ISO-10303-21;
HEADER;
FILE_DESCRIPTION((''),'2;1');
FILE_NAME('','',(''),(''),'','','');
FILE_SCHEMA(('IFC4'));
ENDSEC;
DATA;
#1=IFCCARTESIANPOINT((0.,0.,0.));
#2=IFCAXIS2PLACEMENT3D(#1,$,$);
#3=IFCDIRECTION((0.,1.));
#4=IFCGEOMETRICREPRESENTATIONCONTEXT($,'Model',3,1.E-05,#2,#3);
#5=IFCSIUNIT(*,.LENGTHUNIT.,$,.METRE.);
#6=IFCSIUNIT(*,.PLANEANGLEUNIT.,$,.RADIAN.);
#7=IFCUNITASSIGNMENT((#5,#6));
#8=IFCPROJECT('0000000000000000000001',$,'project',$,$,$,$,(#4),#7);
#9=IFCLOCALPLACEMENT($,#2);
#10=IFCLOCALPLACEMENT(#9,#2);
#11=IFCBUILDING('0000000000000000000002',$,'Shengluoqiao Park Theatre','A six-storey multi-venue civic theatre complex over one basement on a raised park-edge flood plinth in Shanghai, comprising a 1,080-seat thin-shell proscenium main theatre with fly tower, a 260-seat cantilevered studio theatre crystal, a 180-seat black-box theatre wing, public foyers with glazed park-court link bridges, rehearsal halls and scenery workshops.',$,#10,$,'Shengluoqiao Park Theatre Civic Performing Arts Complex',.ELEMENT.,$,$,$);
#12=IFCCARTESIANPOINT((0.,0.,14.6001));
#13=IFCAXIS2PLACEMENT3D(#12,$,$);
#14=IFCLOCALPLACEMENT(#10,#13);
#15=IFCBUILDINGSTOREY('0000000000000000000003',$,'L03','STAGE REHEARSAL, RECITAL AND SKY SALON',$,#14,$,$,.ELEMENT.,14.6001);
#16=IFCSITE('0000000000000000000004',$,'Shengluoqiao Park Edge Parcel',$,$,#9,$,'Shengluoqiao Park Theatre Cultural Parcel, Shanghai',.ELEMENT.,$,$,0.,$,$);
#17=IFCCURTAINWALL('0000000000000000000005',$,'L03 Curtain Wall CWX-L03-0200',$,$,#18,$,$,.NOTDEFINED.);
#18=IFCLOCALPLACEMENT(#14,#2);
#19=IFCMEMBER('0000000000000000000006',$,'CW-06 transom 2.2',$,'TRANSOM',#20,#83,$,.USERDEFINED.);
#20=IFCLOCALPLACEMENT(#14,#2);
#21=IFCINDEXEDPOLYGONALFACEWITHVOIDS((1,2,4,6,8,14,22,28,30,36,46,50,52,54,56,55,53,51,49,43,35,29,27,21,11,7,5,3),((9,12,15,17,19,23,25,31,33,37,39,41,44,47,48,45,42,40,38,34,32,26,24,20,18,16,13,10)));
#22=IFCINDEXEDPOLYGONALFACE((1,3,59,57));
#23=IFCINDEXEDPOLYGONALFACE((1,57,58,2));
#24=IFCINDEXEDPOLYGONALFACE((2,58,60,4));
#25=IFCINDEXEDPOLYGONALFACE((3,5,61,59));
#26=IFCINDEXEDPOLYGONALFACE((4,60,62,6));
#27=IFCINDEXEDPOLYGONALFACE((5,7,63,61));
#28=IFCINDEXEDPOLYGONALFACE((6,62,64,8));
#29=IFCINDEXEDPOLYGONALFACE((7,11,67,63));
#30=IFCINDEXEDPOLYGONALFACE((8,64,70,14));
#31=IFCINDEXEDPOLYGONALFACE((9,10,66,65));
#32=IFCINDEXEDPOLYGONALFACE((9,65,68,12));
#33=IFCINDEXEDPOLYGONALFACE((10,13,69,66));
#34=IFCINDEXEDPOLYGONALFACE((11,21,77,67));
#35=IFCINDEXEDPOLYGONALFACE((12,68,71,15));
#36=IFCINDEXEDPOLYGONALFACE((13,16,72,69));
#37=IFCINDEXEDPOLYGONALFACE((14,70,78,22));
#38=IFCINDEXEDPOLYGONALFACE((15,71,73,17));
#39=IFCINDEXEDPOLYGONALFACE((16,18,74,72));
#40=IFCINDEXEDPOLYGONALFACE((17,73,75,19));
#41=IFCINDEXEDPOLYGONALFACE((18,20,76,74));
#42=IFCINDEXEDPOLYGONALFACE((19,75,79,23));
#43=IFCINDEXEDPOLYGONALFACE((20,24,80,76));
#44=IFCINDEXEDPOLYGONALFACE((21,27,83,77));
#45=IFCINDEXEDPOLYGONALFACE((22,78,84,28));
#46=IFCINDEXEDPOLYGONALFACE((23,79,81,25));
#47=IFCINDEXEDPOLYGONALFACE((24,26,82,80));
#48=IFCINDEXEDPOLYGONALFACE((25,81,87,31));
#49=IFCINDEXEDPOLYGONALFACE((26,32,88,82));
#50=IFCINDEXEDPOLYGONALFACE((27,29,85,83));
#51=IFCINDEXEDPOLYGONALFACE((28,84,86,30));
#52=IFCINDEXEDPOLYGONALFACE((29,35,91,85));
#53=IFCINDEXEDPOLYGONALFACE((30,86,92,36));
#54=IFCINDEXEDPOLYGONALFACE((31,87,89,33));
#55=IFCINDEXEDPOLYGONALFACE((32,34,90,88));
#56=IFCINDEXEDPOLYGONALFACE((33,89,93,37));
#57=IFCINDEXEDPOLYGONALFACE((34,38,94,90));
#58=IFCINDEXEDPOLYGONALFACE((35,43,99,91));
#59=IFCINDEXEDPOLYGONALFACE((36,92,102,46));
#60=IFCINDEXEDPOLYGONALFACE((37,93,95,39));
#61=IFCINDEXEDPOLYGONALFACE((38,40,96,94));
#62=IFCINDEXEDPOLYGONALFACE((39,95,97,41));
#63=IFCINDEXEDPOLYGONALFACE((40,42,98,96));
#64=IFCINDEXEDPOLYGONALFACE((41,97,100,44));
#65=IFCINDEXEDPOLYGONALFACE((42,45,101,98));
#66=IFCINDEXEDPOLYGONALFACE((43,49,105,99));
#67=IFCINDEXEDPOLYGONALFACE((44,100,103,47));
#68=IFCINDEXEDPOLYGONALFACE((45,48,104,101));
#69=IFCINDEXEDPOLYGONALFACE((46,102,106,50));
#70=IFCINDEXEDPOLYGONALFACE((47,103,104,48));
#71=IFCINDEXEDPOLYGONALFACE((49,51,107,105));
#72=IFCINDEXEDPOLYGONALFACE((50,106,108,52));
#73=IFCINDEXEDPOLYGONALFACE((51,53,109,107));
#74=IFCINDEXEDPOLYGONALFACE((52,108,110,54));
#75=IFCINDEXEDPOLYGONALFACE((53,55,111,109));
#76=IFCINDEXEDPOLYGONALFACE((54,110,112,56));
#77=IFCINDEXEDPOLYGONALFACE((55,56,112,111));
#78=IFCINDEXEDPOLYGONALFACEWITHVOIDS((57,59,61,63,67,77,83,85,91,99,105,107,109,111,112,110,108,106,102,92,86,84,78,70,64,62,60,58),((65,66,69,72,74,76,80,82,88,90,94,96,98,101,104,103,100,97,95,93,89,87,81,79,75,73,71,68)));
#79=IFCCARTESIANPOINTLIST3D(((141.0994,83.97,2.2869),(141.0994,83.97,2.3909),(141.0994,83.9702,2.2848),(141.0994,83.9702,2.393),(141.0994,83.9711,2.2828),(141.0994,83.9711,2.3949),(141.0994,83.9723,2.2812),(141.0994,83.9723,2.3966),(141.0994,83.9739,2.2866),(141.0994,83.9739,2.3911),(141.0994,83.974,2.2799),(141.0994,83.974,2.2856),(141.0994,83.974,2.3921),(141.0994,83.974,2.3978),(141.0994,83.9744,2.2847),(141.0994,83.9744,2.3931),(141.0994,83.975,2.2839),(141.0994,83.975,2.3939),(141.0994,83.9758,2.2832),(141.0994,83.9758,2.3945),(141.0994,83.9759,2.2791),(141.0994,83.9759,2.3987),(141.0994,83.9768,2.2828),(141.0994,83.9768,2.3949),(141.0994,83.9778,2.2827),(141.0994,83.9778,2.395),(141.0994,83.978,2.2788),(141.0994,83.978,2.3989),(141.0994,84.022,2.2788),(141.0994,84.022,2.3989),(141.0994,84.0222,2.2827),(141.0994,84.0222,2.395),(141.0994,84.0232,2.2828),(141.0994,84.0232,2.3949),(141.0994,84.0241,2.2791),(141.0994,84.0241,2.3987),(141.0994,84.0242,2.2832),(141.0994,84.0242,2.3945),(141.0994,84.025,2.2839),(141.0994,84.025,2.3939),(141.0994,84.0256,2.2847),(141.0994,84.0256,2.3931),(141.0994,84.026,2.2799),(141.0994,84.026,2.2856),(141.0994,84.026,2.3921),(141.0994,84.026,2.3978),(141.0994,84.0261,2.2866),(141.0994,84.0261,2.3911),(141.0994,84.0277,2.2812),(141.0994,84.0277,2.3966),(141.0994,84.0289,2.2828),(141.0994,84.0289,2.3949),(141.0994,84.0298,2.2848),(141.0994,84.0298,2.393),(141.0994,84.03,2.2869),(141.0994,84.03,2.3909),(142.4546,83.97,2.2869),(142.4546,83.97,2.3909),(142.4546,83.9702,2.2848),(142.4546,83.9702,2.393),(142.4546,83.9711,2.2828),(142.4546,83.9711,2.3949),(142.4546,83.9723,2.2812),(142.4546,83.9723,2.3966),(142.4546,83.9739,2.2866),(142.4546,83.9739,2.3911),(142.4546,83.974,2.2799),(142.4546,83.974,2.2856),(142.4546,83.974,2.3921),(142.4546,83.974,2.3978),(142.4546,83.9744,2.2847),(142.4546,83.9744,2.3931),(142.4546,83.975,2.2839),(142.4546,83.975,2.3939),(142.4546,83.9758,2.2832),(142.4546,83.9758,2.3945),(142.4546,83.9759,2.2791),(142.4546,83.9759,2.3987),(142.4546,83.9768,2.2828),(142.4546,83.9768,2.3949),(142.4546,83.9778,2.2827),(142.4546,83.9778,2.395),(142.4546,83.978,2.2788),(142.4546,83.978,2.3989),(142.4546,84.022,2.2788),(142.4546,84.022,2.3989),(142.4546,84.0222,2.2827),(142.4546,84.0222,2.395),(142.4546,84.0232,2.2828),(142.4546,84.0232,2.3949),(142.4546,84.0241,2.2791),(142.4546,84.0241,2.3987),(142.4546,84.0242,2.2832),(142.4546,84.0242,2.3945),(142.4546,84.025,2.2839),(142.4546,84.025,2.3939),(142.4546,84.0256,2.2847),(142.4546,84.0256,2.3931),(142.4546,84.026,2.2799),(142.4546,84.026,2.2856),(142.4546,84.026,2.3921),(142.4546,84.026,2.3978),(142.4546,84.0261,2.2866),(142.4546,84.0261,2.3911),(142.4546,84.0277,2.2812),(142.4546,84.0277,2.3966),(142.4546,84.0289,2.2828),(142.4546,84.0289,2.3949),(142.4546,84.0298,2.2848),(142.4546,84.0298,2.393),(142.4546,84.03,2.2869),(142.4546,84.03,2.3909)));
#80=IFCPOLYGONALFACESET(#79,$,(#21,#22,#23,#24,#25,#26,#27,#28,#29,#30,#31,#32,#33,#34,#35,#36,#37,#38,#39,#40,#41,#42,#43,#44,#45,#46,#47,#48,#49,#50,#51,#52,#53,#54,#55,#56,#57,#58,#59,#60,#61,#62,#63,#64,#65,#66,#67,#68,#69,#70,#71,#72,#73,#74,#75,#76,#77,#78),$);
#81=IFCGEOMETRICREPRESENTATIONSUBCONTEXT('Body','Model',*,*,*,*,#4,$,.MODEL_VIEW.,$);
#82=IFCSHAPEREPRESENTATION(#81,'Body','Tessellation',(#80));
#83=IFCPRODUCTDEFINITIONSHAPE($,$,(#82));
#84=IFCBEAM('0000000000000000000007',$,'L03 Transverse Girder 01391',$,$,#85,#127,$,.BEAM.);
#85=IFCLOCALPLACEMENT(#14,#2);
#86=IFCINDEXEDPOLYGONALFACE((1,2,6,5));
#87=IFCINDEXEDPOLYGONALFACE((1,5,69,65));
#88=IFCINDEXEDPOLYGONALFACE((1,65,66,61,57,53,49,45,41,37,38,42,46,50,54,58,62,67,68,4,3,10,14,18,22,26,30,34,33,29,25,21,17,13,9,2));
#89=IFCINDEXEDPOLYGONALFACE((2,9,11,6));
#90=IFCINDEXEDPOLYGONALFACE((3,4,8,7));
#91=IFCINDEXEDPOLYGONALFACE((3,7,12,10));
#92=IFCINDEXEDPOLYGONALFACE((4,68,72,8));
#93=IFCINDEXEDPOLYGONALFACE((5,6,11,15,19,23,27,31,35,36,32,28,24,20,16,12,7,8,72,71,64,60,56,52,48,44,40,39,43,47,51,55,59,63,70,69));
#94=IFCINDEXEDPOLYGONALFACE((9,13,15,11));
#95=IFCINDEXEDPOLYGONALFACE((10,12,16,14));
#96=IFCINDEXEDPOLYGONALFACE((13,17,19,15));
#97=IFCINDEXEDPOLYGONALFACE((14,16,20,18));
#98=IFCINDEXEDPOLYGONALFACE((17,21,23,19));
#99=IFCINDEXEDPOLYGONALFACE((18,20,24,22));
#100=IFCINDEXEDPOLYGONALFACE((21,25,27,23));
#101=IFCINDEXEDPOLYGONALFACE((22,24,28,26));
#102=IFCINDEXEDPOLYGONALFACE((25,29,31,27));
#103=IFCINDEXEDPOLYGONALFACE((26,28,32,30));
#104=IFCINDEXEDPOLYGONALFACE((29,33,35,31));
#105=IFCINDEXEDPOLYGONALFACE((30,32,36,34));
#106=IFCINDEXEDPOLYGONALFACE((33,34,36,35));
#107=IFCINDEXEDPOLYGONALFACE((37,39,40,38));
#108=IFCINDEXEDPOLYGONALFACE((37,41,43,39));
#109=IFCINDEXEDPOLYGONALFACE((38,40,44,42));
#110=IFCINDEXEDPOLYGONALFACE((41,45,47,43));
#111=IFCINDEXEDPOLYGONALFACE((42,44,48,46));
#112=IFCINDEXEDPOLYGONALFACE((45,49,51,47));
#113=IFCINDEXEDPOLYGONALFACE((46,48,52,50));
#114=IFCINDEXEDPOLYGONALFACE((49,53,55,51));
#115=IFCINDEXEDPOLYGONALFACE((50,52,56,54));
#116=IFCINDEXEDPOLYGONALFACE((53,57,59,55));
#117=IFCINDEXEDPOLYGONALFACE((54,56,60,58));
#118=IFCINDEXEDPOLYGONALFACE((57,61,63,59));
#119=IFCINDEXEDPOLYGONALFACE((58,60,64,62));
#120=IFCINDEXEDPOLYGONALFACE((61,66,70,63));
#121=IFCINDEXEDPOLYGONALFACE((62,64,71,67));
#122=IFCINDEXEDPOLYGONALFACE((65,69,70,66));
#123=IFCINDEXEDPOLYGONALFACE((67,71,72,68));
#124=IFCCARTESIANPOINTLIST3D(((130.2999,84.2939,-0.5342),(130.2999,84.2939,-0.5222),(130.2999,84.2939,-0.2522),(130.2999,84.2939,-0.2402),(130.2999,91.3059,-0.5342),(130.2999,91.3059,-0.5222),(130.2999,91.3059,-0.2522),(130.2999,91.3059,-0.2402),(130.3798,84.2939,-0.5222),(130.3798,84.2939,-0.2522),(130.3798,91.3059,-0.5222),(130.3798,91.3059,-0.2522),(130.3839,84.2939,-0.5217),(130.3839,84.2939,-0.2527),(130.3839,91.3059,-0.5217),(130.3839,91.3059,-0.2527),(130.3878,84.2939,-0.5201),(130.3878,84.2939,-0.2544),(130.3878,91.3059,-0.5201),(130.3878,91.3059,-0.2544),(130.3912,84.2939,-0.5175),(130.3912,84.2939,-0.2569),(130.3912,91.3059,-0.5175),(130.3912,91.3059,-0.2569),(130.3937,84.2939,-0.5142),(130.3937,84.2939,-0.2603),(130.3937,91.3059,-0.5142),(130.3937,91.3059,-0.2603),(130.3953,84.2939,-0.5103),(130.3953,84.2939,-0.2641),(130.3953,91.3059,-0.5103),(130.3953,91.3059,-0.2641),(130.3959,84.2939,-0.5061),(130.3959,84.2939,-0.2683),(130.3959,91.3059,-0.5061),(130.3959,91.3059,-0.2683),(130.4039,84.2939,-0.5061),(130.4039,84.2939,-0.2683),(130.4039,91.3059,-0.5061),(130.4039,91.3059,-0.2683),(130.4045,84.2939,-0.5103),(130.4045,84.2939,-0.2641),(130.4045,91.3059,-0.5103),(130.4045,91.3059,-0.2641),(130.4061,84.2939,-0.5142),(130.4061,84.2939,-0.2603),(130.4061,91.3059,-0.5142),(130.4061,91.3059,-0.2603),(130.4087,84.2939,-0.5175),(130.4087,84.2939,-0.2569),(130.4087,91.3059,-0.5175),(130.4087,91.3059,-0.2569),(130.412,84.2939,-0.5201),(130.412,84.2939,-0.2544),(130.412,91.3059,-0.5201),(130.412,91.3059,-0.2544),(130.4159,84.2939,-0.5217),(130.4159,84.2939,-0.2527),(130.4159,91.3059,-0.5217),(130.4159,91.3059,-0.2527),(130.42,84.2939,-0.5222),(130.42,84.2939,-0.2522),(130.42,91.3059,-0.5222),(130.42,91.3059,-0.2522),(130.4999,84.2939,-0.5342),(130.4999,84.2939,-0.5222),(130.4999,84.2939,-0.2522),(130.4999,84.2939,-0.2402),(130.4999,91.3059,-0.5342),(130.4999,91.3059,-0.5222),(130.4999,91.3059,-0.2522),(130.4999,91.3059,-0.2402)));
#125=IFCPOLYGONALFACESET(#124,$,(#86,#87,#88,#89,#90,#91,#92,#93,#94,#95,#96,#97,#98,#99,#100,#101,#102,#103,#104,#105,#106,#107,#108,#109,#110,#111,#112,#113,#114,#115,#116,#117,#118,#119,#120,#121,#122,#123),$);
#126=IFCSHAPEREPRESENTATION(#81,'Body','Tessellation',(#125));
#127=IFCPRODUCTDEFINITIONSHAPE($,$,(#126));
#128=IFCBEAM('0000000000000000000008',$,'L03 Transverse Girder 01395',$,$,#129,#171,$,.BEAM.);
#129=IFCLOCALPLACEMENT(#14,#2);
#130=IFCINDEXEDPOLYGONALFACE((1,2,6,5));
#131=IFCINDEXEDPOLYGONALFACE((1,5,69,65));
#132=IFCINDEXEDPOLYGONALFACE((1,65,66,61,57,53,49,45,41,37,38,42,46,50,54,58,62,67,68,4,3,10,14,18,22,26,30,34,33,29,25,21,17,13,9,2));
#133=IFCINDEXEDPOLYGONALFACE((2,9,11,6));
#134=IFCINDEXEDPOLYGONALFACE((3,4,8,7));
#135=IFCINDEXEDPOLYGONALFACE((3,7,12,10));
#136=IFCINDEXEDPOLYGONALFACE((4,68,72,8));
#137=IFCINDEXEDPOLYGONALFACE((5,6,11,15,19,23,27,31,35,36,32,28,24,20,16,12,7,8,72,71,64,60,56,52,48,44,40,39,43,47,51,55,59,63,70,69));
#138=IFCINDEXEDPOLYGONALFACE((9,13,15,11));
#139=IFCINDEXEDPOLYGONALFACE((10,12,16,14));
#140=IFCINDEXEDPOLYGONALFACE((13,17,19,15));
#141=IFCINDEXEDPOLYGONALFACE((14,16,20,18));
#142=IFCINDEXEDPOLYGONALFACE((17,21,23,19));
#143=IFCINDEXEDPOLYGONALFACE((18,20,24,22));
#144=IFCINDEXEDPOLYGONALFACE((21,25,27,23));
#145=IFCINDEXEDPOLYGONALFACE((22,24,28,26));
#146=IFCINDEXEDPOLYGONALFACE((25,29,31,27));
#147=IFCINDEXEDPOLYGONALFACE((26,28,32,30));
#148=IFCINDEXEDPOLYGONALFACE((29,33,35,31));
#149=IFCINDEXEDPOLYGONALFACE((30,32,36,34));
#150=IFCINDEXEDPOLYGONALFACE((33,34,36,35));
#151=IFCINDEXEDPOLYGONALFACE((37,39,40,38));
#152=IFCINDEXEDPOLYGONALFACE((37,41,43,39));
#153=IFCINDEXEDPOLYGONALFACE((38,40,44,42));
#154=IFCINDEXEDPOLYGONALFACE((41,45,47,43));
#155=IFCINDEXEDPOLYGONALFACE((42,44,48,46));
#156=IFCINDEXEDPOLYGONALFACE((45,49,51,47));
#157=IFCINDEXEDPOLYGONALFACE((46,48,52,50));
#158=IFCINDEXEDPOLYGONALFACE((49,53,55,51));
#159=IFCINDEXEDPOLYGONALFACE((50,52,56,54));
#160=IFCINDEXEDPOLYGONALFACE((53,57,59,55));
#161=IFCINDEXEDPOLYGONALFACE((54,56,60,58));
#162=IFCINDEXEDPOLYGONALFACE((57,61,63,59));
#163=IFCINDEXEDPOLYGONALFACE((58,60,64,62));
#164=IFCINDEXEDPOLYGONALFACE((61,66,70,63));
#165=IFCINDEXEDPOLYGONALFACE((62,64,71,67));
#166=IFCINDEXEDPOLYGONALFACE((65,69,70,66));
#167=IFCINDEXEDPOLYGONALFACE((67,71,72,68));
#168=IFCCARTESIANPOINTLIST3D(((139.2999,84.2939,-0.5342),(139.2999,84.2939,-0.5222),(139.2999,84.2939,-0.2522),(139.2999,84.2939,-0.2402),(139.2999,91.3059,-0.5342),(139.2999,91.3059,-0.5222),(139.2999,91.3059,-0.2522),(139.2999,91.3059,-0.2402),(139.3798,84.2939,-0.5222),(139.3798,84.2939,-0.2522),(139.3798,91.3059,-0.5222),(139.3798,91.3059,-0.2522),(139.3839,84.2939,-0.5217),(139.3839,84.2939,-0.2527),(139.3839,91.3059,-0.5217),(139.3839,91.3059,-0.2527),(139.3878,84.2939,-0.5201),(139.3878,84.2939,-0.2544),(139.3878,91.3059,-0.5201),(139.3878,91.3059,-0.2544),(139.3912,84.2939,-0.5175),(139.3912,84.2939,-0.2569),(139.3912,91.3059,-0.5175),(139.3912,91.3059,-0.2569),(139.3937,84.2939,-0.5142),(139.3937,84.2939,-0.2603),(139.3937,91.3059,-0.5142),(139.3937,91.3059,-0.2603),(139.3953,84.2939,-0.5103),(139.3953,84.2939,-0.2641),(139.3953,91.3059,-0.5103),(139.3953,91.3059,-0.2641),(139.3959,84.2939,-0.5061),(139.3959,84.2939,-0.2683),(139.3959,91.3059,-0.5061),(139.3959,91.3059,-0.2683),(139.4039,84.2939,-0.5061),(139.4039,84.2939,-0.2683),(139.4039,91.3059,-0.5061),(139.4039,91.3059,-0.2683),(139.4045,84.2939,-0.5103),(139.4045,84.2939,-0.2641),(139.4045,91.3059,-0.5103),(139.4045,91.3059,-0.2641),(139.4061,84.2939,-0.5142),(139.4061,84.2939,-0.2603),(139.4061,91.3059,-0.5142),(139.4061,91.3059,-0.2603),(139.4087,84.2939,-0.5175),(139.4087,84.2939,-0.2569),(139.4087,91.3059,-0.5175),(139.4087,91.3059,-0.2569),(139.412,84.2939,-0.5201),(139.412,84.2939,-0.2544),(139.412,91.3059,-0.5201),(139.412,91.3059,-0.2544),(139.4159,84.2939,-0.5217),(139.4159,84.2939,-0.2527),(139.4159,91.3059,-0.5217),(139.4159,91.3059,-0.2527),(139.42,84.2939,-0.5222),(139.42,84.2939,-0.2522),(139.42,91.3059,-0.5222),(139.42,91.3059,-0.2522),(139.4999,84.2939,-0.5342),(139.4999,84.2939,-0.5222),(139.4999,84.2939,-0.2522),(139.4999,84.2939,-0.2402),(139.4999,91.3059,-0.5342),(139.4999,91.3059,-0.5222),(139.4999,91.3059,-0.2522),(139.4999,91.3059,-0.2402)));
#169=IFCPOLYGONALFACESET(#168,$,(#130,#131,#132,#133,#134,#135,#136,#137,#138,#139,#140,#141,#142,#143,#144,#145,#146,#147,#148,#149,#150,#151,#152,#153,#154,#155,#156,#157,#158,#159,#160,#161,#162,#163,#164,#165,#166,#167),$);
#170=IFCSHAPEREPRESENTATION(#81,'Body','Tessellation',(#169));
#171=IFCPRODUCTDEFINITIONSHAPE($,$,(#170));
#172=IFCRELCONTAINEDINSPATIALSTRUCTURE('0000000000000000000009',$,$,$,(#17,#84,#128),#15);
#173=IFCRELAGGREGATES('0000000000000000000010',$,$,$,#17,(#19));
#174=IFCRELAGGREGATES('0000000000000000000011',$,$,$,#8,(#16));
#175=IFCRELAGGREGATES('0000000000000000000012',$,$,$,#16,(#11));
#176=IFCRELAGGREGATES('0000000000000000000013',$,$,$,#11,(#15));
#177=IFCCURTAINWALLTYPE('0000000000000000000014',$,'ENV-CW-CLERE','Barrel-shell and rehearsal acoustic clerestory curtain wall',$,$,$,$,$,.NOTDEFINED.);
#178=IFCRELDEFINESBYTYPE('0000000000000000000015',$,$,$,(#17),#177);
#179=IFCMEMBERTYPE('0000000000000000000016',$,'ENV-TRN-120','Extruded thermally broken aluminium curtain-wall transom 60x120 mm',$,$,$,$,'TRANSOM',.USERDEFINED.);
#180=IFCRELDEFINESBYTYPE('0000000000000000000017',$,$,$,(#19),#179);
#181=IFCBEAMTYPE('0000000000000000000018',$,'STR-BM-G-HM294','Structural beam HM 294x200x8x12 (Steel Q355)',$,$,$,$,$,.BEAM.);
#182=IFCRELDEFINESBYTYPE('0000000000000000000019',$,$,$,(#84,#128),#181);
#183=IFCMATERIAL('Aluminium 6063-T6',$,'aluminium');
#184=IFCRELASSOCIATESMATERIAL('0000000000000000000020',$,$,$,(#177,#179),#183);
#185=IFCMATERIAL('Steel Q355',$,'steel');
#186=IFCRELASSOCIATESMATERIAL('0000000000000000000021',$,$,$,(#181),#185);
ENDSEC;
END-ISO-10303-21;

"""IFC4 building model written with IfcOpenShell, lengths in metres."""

from ifc_helpers import new_model, si_unit, direction, frame, origin, origin_2d, place, context, subcontext, project, spatial, hollow_rectangle, i_section, extrude, material, material_profile, profile_set, type_object, element, aggregate, save


model = new_model("IFC4")

# Units and contexts
model_context = context("Model", 3, precision=1e-05, world=origin(), true_north=direction((0.0, 1.0)))
body_context = subcontext(model_context, "Body", "Model", "MODEL_VIEW")
ifc_project = project(units=[si_unit("LENGTHUNIT", "METRE"), si_unit("PLANEANGLEUNIT", "RADIAN")], contexts=[model_context])

# Site, building, storey
site_placement = place(None, origin())
site = spatial("IfcSite", under=ifc_project, at=site_placement, Name="Shengluoqiao Park Edge Parcel", LongName="Shengluoqiao Park Theatre Cultural Parcel, Shanghai", CompositionType="ELEMENT", RefElevation=0.0)
building_placement = place(site_placement, origin())
building = spatial("IfcBuilding", under=site, at=building_placement, Name="Shengluoqiao Park Theatre", Description="A six-storey multi-venue civic theatre complex over one basement on a raised park-edge flood plinth in Shanghai, comprising a 1,080-seat thin-shell proscenium main theatre with fly tower, a 260-seat cantilevered studio theatre crystal, a 180-seat black-box theatre wing, public foyers with glazed park-court link bridges, rehearsal halls and scenery workshops.", LongName="Shengluoqiao Park Theatre Civic Performing Arts Complex", CompositionType="ELEMENT")
storey_placement = place(building_placement, frame((0.0, 0.0, 14.6001)))
storey = spatial("IfcBuildingStorey", under=building, at=storey_placement, Name="L03", Description="STAGE REHEARSAL, RECITAL AND SKY SALON", CompositionType="ELEMENT", Elevation=14.6001)

# Curtain wall, member
ifc_material_1 = material(Name="Aluminium 6063-T6", Category="aluminium")
curtain_wall_type = type_object("IfcCurtainWallType", Name="ENV-CW-CLERE", Description="Barrel-shell and rehearsal acoustic clerestory curtain wall", PredefinedType="NOTDEFINED", material=ifc_material_1)
curtain_wall_placement = place(storey_placement, origin())
curtain_wall = element("IfcCurtainWall", 1, at=curtain_wall_placement, inside=storey, type_object=curtain_wall_type, Name="L03 Curtain Wall CWX-L03-0200", PredefinedType="NOTDEFINED")
ifc_material_profile_1 = material_profile(ifc_material_1, hollow_rectangle(XDim=0.0601, YDim=0.1201, WallThickness=0.0039, InnerFilletRadius=0.0039, OuterFilletRadius=0.0081, at=origin_2d()), Name="ALU TRANSOM 120x60x4")
ifc_profile_set_1 = profile_set([ifc_material_profile_1], Name="Aluminium 6063-T6")
member_type_1 = type_object("IfcMemberType", Name="ENV-TRN-120", Description="Extruded thermally broken aluminium curtain-wall transom 60x120 mm", ElementType="TRANSOM", PredefinedType="USERDEFINED", material=ifc_profile_set_1)
member_1_placement = place(storey_placement, frame((141.0994, 84.0, 2.3389), z_axis=(1.0, 0.0, 0.0), x_axis=(0.0, 1.0, 0.0)))
member_1 = element("IfcMember", 2, at=member_1_placement, type_object=member_type_1, Name="CW-06 transom 2.2", ObjectType="TRANSOM", PredefinedType="USERDEFINED", context=body_context, shape_type="SweptSolid", body=[
    extrude(hollow_rectangle(XDim=0.0601, YDim=0.1201, WallThickness=0.0039, InnerFilletRadius=0.0039, OuterFilletRadius=0.0081, at=origin_2d()), origin(), (0.0, 0.0, 1.0), 1.3552),
])

# Beams
ifc_material_2 = material(Name="Steel Q355", Category="steel")
ifc_material_profile_2 = material_profile(ifc_material_2, i_section(OverallWidth=0.2, OverallDepth=0.2939, WebThickness=0.0081, FlangeThickness=0.012, FilletRadius=0.0161, at=origin_2d()), Name="HM 294x200x8x12")
ifc_profile_set_2 = profile_set([ifc_material_profile_2], Name="Steel Q355")
beam_type_1 = type_object("IfcBeamType", Name="STR-BM-G-HM294", Description="Structural beam HM 294x200x8x12 (Steel Q355)", PredefinedType="BEAM", material=ifc_profile_set_2)
for number, where, z_axis, x_axis, name in (
    (3, (130.3999, 84.2939, -0.3872), (0.0, 1.0, 0.0), (-1.0, 0.0, 0.0), "L03 Transverse Girder 01391"),
    (4, (139.3999, 84.2939, -0.3872), (0.0, 1.0, 0.0), (-1.0, 0.0, 0.0), "L03 Transverse Girder 01395"),
):
    element("IfcBeam", number, at=place(storey_placement, frame(where, z_axis=z_axis, x_axis=x_axis)), inside=storey, type_object=beam_type_1, Name=name, PredefinedType="BEAM", context=body_context, shape_type="SweptSolid", body=[
        extrude(i_section(OverallWidth=0.2, OverallDepth=0.2939, WebThickness=0.0081, FlangeThickness=0.012, FilletRadius=0.0161, at=origin_2d()), origin(), (0.0, 0.0, 1.0), 7.012),
    ])

aggregate(curtain_wall, [member_1])

save(model, "model.ifc")
